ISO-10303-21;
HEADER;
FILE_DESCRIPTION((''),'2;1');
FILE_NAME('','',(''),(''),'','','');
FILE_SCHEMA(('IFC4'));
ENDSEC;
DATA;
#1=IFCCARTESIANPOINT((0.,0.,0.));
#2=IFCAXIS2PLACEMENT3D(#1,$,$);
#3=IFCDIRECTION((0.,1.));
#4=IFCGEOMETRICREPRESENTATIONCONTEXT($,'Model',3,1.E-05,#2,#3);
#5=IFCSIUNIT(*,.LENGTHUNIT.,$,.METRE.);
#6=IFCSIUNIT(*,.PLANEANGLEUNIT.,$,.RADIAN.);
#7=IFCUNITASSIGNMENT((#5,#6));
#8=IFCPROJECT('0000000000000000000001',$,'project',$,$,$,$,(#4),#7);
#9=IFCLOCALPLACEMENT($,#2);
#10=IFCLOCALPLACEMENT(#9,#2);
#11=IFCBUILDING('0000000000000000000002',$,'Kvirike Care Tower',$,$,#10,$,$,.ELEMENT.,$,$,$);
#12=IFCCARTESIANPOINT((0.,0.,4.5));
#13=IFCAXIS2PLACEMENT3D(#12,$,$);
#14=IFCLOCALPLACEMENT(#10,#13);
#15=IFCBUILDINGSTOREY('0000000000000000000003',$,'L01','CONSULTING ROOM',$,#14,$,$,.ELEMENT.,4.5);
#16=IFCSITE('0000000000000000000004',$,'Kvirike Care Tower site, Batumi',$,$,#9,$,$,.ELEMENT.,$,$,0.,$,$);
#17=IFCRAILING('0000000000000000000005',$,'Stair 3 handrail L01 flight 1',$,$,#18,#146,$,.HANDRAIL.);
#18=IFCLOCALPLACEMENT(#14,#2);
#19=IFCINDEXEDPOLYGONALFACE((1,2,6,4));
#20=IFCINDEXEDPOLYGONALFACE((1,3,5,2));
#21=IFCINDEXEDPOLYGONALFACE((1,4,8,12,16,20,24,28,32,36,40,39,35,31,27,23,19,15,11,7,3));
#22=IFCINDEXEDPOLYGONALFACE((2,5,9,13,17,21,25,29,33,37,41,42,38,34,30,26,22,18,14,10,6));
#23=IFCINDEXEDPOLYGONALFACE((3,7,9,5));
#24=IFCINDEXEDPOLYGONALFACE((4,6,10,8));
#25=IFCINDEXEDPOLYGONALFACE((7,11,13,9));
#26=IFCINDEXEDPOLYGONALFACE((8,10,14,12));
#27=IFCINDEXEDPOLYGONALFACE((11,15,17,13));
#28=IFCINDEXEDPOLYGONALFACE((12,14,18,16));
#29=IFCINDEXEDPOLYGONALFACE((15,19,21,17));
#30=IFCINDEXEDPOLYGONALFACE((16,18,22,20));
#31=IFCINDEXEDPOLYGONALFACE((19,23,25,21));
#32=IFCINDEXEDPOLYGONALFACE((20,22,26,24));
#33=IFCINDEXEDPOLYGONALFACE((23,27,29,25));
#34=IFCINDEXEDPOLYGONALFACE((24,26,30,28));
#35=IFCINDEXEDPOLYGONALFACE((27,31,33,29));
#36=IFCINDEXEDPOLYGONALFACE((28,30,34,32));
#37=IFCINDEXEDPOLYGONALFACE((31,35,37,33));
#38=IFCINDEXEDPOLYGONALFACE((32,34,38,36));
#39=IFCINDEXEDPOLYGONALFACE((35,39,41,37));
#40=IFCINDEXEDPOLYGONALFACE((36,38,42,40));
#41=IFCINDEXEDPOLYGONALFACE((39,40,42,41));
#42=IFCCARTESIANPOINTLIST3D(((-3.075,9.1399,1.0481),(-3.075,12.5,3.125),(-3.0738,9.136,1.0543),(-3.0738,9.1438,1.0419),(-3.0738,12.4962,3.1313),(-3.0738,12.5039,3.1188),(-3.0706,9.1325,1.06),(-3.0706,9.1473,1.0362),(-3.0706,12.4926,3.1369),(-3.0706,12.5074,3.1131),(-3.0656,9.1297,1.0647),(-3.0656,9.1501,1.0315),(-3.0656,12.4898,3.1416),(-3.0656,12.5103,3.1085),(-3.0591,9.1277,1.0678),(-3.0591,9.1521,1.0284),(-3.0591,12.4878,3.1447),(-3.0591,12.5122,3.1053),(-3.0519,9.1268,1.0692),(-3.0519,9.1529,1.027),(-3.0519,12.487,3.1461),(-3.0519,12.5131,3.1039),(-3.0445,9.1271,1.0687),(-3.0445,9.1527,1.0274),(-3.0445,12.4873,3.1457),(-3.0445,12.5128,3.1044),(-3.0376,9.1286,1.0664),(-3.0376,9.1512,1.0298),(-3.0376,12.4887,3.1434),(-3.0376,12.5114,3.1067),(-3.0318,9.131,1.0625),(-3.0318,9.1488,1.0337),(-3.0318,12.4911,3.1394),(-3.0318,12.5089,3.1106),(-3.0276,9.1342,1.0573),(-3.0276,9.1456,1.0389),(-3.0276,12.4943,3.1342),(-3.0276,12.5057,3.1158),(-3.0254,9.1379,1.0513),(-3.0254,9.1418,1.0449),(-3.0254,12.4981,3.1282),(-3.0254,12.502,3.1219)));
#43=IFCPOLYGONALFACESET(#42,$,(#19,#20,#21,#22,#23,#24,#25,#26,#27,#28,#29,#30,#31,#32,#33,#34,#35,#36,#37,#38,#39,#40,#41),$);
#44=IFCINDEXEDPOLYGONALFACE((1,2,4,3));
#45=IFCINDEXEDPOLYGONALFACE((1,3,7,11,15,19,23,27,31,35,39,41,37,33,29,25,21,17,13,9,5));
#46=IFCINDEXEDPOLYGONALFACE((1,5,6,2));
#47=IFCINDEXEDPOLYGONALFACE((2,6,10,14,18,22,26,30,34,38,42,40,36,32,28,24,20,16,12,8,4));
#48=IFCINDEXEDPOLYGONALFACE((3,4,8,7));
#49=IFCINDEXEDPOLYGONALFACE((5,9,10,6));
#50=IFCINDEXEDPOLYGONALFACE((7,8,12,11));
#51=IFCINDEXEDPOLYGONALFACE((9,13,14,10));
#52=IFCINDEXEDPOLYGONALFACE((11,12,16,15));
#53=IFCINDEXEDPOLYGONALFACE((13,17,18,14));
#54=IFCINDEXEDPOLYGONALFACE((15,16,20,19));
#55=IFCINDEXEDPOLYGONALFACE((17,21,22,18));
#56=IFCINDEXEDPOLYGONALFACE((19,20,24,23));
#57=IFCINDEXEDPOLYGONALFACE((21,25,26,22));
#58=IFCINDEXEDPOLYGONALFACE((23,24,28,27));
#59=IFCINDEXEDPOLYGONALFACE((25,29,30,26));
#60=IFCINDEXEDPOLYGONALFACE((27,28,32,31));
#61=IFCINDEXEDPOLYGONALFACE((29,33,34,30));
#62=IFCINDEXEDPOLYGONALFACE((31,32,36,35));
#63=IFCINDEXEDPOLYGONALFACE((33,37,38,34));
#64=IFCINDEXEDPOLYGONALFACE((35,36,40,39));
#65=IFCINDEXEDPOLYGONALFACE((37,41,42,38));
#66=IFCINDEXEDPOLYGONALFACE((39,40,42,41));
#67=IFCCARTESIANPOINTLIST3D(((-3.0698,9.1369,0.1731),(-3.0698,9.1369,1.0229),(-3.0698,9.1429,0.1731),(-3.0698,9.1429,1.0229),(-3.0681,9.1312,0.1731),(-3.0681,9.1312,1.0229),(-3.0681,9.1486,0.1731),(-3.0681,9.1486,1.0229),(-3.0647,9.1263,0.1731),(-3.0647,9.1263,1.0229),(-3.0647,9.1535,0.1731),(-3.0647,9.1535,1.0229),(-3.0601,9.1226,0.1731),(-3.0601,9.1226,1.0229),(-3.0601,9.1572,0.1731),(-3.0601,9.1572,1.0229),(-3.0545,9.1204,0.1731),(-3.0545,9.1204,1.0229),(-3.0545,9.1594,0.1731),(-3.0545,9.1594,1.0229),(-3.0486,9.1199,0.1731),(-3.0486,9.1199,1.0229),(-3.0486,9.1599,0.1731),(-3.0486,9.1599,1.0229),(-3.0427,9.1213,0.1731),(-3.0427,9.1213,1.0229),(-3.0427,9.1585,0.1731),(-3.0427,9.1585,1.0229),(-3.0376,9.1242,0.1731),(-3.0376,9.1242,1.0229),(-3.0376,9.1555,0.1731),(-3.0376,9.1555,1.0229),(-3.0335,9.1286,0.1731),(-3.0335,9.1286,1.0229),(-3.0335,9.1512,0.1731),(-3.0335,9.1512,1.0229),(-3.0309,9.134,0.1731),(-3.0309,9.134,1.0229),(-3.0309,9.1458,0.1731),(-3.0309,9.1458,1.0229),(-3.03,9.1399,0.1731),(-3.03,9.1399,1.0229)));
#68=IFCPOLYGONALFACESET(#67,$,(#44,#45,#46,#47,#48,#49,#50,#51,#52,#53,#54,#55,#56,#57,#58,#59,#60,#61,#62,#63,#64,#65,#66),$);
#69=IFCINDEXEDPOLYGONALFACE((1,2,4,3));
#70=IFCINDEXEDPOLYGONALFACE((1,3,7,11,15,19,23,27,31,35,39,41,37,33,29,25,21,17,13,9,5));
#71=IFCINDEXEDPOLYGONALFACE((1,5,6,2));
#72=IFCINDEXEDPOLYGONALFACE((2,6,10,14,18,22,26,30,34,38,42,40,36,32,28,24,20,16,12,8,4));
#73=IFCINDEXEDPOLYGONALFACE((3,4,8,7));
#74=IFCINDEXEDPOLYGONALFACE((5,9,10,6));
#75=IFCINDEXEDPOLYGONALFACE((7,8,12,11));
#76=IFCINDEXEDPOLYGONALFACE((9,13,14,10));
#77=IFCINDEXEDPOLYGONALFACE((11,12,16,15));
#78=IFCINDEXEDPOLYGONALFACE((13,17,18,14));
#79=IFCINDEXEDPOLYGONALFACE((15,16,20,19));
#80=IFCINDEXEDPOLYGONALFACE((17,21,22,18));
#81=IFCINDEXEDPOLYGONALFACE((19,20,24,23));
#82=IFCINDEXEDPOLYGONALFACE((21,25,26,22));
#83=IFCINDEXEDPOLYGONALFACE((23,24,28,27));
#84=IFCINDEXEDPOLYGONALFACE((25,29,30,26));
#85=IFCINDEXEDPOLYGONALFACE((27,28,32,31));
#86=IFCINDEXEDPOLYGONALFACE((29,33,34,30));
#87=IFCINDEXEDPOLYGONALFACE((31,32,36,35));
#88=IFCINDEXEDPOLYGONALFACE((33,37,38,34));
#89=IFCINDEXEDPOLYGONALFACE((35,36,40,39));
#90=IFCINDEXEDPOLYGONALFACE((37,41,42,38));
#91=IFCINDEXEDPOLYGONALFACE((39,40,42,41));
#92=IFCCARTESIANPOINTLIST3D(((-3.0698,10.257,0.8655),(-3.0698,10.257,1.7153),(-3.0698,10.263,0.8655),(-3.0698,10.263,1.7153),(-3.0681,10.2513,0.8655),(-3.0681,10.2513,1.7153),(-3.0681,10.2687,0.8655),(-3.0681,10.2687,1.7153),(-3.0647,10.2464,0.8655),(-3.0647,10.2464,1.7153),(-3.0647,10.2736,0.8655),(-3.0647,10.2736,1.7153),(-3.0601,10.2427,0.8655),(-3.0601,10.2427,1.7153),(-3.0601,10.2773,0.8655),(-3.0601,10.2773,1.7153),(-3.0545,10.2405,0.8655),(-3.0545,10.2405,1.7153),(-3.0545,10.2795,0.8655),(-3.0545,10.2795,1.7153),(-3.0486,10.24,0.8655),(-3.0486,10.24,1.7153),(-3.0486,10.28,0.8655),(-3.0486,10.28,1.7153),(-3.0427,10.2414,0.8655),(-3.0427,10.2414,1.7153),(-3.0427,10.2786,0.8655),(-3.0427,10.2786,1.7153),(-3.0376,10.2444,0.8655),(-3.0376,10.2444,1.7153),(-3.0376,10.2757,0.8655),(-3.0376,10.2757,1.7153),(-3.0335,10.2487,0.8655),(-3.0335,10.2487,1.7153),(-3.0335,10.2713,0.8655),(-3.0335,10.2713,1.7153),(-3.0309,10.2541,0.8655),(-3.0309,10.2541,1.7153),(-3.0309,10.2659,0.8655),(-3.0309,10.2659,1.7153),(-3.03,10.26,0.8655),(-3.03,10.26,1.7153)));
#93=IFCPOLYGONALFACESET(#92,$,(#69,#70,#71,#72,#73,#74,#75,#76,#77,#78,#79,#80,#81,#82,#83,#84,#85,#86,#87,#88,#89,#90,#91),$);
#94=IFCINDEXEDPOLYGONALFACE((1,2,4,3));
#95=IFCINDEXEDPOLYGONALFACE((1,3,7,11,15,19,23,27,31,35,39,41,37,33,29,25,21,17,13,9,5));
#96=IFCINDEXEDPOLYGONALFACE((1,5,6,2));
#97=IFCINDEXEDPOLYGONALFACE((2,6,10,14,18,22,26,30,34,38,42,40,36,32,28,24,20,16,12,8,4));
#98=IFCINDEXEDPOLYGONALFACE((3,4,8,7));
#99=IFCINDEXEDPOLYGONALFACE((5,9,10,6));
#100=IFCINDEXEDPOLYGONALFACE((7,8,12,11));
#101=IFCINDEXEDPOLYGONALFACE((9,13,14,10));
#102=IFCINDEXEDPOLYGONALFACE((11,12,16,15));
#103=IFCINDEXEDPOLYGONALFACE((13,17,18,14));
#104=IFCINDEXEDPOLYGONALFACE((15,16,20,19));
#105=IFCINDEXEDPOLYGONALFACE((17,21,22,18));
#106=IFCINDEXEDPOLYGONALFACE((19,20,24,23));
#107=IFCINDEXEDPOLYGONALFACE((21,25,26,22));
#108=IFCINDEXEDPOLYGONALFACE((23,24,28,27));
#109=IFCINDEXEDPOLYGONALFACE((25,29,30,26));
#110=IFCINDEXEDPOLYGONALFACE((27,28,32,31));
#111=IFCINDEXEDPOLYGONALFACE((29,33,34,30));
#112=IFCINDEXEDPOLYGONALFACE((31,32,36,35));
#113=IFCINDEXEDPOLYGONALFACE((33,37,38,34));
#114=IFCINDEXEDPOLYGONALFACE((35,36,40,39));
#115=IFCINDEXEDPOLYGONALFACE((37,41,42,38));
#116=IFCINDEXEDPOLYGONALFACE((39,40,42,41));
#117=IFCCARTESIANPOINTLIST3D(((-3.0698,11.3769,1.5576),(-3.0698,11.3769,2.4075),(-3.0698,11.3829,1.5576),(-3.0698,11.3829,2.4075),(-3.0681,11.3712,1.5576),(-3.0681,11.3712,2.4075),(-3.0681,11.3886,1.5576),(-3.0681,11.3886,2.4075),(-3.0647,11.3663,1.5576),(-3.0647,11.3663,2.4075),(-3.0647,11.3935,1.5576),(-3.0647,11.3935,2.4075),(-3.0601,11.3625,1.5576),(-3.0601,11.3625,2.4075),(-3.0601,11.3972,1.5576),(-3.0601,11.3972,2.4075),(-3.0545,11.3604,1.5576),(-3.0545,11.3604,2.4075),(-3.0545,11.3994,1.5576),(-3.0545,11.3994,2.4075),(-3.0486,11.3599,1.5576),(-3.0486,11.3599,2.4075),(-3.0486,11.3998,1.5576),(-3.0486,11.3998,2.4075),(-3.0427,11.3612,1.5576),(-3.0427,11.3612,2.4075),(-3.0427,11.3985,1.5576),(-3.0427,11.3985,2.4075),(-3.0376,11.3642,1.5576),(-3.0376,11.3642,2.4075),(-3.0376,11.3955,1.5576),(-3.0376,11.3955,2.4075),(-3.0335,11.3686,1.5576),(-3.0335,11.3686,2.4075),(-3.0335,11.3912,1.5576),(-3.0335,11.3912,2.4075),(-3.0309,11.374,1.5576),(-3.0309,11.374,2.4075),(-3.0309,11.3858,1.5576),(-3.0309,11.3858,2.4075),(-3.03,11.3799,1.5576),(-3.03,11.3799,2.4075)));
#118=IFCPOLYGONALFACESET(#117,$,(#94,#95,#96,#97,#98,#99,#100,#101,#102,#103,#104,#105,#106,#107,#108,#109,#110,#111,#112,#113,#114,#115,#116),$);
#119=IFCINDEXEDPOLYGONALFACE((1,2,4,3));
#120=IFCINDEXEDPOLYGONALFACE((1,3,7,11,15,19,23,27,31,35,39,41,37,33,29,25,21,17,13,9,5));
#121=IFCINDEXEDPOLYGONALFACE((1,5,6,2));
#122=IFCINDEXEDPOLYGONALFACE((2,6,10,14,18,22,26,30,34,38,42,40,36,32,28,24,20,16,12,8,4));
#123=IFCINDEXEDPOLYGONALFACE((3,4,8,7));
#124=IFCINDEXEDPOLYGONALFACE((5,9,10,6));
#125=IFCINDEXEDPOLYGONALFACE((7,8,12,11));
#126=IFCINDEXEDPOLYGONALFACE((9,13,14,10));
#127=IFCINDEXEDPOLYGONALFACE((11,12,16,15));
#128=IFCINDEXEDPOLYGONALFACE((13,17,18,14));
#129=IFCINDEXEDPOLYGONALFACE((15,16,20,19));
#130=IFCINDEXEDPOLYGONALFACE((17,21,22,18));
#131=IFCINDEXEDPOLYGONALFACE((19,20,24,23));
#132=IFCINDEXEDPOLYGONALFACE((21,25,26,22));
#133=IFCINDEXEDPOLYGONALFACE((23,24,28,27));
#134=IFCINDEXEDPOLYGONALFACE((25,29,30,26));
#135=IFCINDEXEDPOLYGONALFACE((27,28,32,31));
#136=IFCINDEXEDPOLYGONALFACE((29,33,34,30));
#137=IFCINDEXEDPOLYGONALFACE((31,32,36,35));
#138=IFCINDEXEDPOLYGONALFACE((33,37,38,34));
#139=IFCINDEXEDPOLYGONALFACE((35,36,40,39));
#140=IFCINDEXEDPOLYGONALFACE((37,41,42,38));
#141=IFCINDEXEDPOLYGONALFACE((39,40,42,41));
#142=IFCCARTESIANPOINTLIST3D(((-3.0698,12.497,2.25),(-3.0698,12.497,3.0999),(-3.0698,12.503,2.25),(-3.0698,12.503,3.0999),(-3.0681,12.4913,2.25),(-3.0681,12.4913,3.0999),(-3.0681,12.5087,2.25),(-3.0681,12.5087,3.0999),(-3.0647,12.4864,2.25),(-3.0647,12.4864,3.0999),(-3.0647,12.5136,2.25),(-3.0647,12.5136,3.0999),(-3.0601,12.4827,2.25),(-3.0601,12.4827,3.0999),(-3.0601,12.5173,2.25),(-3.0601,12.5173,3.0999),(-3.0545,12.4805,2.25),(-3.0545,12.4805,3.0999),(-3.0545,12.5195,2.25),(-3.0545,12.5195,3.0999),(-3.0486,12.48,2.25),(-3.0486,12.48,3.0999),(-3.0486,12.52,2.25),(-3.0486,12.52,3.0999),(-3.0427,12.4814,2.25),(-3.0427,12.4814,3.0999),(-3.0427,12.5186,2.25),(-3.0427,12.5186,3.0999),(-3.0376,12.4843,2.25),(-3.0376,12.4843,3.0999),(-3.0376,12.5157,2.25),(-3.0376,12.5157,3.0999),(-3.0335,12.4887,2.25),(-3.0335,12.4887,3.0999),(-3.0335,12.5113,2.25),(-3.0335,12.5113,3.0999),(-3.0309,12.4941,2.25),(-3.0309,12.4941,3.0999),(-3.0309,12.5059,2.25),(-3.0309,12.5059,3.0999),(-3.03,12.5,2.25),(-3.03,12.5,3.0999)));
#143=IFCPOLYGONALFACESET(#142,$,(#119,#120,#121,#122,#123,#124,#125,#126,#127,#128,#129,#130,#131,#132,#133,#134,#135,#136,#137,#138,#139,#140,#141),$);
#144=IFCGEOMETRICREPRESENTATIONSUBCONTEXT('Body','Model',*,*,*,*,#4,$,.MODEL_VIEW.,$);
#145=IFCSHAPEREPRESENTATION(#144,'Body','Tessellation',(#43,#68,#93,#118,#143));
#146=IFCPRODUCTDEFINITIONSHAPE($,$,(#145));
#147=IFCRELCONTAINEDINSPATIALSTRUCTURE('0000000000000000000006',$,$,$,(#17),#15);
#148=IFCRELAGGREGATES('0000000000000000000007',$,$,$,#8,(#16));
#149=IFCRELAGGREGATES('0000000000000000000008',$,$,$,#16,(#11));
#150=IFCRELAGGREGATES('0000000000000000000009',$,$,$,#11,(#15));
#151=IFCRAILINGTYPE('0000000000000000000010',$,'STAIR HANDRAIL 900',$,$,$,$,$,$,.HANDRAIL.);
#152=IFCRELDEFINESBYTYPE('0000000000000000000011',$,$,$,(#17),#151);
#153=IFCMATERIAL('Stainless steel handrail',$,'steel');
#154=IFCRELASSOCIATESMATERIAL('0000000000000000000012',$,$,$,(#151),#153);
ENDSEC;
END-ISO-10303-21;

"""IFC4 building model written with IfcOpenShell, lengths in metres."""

from ifc_helpers import new_model, si_unit, direction, frame, origin, origin_2d, place, context, subcontext, project, spatial, circle, extrude, material, type_object, element, save


model = new_model("IFC4")

# Units and contexts
model_context = context("Model", 3, precision=1e-05, world=origin(), true_north=direction((0.0, 1.0)))
body_context = subcontext(model_context, "Body", "Model", "MODEL_VIEW")
ifc_project = project(units=[si_unit("LENGTHUNIT", "METRE"), si_unit("PLANEANGLEUNIT", "RADIAN")], contexts=[model_context])

# Site, building, storey
site_placement = place(None, origin())
site = spatial("IfcSite", under=ifc_project, at=site_placement, Name="Kvirike Care Tower site, Batumi", CompositionType="ELEMENT", RefElevation=0.0)
building_placement = place(site_placement, origin())
building = spatial("IfcBuilding", under=site, at=building_placement, Name="Kvirike Care Tower", CompositionType="ELEMENT")
storey_placement = place(building_placement, frame((0.0, 0.0, 4.5)))
storey = spatial("IfcBuildingStorey", under=building, at=storey_placement, Name="L01", Description="CONSULTING ROOM", CompositionType="ELEMENT", Elevation=4.5)

# Railing
ifc_material_1 = material(Name="Stainless steel handrail", Category="steel")
railing_type = type_object("IfcRailingType", Name="STAIR HANDRAIL 900", PredefinedType="HANDRAIL", material=ifc_material_1)
railing_placement = place(storey_placement, frame((-3.05, 9.1399, 0.1731)))
element("IfcRailing", 1, at=railing_placement, inside=storey, type_object=railing_type, Name="Stair 3 handrail L01 flight 1", PredefinedType="HANDRAIL", context=body_context, shape_type="SweptSolid", body=[
    extrude(circle(Radius=0.0249, at=origin_2d()), frame((0.0, 0.0, 0.875), z_axis=(0.0, 0.850623, 0.525776), x_axis=(-1.0, 0.0, 0.0)), (0.0, 0.0, 1.0), 3.9502),
    extrude(circle(Radius=0.02, at=origin_2d()), origin(), (0.0, 0.0, 1.0), 0.8499),
    extrude(circle(Radius=0.02, at=origin_2d()), frame((0.0, 1.1201, 0.6924)), (0.0, 0.0, 1.0), 0.8499),
    extrude(circle(Radius=0.02, at=origin_2d()), frame((0.0, 2.24, 1.3845)), (0.0, 0.0, 1.0), 0.8499),
    extrude(circle(Radius=0.02, at=origin_2d()), frame((0.0, 3.3601, 2.0769)), (0.0, 0.0, 1.0), 0.8499),
])

save(model, "model.ifc")
